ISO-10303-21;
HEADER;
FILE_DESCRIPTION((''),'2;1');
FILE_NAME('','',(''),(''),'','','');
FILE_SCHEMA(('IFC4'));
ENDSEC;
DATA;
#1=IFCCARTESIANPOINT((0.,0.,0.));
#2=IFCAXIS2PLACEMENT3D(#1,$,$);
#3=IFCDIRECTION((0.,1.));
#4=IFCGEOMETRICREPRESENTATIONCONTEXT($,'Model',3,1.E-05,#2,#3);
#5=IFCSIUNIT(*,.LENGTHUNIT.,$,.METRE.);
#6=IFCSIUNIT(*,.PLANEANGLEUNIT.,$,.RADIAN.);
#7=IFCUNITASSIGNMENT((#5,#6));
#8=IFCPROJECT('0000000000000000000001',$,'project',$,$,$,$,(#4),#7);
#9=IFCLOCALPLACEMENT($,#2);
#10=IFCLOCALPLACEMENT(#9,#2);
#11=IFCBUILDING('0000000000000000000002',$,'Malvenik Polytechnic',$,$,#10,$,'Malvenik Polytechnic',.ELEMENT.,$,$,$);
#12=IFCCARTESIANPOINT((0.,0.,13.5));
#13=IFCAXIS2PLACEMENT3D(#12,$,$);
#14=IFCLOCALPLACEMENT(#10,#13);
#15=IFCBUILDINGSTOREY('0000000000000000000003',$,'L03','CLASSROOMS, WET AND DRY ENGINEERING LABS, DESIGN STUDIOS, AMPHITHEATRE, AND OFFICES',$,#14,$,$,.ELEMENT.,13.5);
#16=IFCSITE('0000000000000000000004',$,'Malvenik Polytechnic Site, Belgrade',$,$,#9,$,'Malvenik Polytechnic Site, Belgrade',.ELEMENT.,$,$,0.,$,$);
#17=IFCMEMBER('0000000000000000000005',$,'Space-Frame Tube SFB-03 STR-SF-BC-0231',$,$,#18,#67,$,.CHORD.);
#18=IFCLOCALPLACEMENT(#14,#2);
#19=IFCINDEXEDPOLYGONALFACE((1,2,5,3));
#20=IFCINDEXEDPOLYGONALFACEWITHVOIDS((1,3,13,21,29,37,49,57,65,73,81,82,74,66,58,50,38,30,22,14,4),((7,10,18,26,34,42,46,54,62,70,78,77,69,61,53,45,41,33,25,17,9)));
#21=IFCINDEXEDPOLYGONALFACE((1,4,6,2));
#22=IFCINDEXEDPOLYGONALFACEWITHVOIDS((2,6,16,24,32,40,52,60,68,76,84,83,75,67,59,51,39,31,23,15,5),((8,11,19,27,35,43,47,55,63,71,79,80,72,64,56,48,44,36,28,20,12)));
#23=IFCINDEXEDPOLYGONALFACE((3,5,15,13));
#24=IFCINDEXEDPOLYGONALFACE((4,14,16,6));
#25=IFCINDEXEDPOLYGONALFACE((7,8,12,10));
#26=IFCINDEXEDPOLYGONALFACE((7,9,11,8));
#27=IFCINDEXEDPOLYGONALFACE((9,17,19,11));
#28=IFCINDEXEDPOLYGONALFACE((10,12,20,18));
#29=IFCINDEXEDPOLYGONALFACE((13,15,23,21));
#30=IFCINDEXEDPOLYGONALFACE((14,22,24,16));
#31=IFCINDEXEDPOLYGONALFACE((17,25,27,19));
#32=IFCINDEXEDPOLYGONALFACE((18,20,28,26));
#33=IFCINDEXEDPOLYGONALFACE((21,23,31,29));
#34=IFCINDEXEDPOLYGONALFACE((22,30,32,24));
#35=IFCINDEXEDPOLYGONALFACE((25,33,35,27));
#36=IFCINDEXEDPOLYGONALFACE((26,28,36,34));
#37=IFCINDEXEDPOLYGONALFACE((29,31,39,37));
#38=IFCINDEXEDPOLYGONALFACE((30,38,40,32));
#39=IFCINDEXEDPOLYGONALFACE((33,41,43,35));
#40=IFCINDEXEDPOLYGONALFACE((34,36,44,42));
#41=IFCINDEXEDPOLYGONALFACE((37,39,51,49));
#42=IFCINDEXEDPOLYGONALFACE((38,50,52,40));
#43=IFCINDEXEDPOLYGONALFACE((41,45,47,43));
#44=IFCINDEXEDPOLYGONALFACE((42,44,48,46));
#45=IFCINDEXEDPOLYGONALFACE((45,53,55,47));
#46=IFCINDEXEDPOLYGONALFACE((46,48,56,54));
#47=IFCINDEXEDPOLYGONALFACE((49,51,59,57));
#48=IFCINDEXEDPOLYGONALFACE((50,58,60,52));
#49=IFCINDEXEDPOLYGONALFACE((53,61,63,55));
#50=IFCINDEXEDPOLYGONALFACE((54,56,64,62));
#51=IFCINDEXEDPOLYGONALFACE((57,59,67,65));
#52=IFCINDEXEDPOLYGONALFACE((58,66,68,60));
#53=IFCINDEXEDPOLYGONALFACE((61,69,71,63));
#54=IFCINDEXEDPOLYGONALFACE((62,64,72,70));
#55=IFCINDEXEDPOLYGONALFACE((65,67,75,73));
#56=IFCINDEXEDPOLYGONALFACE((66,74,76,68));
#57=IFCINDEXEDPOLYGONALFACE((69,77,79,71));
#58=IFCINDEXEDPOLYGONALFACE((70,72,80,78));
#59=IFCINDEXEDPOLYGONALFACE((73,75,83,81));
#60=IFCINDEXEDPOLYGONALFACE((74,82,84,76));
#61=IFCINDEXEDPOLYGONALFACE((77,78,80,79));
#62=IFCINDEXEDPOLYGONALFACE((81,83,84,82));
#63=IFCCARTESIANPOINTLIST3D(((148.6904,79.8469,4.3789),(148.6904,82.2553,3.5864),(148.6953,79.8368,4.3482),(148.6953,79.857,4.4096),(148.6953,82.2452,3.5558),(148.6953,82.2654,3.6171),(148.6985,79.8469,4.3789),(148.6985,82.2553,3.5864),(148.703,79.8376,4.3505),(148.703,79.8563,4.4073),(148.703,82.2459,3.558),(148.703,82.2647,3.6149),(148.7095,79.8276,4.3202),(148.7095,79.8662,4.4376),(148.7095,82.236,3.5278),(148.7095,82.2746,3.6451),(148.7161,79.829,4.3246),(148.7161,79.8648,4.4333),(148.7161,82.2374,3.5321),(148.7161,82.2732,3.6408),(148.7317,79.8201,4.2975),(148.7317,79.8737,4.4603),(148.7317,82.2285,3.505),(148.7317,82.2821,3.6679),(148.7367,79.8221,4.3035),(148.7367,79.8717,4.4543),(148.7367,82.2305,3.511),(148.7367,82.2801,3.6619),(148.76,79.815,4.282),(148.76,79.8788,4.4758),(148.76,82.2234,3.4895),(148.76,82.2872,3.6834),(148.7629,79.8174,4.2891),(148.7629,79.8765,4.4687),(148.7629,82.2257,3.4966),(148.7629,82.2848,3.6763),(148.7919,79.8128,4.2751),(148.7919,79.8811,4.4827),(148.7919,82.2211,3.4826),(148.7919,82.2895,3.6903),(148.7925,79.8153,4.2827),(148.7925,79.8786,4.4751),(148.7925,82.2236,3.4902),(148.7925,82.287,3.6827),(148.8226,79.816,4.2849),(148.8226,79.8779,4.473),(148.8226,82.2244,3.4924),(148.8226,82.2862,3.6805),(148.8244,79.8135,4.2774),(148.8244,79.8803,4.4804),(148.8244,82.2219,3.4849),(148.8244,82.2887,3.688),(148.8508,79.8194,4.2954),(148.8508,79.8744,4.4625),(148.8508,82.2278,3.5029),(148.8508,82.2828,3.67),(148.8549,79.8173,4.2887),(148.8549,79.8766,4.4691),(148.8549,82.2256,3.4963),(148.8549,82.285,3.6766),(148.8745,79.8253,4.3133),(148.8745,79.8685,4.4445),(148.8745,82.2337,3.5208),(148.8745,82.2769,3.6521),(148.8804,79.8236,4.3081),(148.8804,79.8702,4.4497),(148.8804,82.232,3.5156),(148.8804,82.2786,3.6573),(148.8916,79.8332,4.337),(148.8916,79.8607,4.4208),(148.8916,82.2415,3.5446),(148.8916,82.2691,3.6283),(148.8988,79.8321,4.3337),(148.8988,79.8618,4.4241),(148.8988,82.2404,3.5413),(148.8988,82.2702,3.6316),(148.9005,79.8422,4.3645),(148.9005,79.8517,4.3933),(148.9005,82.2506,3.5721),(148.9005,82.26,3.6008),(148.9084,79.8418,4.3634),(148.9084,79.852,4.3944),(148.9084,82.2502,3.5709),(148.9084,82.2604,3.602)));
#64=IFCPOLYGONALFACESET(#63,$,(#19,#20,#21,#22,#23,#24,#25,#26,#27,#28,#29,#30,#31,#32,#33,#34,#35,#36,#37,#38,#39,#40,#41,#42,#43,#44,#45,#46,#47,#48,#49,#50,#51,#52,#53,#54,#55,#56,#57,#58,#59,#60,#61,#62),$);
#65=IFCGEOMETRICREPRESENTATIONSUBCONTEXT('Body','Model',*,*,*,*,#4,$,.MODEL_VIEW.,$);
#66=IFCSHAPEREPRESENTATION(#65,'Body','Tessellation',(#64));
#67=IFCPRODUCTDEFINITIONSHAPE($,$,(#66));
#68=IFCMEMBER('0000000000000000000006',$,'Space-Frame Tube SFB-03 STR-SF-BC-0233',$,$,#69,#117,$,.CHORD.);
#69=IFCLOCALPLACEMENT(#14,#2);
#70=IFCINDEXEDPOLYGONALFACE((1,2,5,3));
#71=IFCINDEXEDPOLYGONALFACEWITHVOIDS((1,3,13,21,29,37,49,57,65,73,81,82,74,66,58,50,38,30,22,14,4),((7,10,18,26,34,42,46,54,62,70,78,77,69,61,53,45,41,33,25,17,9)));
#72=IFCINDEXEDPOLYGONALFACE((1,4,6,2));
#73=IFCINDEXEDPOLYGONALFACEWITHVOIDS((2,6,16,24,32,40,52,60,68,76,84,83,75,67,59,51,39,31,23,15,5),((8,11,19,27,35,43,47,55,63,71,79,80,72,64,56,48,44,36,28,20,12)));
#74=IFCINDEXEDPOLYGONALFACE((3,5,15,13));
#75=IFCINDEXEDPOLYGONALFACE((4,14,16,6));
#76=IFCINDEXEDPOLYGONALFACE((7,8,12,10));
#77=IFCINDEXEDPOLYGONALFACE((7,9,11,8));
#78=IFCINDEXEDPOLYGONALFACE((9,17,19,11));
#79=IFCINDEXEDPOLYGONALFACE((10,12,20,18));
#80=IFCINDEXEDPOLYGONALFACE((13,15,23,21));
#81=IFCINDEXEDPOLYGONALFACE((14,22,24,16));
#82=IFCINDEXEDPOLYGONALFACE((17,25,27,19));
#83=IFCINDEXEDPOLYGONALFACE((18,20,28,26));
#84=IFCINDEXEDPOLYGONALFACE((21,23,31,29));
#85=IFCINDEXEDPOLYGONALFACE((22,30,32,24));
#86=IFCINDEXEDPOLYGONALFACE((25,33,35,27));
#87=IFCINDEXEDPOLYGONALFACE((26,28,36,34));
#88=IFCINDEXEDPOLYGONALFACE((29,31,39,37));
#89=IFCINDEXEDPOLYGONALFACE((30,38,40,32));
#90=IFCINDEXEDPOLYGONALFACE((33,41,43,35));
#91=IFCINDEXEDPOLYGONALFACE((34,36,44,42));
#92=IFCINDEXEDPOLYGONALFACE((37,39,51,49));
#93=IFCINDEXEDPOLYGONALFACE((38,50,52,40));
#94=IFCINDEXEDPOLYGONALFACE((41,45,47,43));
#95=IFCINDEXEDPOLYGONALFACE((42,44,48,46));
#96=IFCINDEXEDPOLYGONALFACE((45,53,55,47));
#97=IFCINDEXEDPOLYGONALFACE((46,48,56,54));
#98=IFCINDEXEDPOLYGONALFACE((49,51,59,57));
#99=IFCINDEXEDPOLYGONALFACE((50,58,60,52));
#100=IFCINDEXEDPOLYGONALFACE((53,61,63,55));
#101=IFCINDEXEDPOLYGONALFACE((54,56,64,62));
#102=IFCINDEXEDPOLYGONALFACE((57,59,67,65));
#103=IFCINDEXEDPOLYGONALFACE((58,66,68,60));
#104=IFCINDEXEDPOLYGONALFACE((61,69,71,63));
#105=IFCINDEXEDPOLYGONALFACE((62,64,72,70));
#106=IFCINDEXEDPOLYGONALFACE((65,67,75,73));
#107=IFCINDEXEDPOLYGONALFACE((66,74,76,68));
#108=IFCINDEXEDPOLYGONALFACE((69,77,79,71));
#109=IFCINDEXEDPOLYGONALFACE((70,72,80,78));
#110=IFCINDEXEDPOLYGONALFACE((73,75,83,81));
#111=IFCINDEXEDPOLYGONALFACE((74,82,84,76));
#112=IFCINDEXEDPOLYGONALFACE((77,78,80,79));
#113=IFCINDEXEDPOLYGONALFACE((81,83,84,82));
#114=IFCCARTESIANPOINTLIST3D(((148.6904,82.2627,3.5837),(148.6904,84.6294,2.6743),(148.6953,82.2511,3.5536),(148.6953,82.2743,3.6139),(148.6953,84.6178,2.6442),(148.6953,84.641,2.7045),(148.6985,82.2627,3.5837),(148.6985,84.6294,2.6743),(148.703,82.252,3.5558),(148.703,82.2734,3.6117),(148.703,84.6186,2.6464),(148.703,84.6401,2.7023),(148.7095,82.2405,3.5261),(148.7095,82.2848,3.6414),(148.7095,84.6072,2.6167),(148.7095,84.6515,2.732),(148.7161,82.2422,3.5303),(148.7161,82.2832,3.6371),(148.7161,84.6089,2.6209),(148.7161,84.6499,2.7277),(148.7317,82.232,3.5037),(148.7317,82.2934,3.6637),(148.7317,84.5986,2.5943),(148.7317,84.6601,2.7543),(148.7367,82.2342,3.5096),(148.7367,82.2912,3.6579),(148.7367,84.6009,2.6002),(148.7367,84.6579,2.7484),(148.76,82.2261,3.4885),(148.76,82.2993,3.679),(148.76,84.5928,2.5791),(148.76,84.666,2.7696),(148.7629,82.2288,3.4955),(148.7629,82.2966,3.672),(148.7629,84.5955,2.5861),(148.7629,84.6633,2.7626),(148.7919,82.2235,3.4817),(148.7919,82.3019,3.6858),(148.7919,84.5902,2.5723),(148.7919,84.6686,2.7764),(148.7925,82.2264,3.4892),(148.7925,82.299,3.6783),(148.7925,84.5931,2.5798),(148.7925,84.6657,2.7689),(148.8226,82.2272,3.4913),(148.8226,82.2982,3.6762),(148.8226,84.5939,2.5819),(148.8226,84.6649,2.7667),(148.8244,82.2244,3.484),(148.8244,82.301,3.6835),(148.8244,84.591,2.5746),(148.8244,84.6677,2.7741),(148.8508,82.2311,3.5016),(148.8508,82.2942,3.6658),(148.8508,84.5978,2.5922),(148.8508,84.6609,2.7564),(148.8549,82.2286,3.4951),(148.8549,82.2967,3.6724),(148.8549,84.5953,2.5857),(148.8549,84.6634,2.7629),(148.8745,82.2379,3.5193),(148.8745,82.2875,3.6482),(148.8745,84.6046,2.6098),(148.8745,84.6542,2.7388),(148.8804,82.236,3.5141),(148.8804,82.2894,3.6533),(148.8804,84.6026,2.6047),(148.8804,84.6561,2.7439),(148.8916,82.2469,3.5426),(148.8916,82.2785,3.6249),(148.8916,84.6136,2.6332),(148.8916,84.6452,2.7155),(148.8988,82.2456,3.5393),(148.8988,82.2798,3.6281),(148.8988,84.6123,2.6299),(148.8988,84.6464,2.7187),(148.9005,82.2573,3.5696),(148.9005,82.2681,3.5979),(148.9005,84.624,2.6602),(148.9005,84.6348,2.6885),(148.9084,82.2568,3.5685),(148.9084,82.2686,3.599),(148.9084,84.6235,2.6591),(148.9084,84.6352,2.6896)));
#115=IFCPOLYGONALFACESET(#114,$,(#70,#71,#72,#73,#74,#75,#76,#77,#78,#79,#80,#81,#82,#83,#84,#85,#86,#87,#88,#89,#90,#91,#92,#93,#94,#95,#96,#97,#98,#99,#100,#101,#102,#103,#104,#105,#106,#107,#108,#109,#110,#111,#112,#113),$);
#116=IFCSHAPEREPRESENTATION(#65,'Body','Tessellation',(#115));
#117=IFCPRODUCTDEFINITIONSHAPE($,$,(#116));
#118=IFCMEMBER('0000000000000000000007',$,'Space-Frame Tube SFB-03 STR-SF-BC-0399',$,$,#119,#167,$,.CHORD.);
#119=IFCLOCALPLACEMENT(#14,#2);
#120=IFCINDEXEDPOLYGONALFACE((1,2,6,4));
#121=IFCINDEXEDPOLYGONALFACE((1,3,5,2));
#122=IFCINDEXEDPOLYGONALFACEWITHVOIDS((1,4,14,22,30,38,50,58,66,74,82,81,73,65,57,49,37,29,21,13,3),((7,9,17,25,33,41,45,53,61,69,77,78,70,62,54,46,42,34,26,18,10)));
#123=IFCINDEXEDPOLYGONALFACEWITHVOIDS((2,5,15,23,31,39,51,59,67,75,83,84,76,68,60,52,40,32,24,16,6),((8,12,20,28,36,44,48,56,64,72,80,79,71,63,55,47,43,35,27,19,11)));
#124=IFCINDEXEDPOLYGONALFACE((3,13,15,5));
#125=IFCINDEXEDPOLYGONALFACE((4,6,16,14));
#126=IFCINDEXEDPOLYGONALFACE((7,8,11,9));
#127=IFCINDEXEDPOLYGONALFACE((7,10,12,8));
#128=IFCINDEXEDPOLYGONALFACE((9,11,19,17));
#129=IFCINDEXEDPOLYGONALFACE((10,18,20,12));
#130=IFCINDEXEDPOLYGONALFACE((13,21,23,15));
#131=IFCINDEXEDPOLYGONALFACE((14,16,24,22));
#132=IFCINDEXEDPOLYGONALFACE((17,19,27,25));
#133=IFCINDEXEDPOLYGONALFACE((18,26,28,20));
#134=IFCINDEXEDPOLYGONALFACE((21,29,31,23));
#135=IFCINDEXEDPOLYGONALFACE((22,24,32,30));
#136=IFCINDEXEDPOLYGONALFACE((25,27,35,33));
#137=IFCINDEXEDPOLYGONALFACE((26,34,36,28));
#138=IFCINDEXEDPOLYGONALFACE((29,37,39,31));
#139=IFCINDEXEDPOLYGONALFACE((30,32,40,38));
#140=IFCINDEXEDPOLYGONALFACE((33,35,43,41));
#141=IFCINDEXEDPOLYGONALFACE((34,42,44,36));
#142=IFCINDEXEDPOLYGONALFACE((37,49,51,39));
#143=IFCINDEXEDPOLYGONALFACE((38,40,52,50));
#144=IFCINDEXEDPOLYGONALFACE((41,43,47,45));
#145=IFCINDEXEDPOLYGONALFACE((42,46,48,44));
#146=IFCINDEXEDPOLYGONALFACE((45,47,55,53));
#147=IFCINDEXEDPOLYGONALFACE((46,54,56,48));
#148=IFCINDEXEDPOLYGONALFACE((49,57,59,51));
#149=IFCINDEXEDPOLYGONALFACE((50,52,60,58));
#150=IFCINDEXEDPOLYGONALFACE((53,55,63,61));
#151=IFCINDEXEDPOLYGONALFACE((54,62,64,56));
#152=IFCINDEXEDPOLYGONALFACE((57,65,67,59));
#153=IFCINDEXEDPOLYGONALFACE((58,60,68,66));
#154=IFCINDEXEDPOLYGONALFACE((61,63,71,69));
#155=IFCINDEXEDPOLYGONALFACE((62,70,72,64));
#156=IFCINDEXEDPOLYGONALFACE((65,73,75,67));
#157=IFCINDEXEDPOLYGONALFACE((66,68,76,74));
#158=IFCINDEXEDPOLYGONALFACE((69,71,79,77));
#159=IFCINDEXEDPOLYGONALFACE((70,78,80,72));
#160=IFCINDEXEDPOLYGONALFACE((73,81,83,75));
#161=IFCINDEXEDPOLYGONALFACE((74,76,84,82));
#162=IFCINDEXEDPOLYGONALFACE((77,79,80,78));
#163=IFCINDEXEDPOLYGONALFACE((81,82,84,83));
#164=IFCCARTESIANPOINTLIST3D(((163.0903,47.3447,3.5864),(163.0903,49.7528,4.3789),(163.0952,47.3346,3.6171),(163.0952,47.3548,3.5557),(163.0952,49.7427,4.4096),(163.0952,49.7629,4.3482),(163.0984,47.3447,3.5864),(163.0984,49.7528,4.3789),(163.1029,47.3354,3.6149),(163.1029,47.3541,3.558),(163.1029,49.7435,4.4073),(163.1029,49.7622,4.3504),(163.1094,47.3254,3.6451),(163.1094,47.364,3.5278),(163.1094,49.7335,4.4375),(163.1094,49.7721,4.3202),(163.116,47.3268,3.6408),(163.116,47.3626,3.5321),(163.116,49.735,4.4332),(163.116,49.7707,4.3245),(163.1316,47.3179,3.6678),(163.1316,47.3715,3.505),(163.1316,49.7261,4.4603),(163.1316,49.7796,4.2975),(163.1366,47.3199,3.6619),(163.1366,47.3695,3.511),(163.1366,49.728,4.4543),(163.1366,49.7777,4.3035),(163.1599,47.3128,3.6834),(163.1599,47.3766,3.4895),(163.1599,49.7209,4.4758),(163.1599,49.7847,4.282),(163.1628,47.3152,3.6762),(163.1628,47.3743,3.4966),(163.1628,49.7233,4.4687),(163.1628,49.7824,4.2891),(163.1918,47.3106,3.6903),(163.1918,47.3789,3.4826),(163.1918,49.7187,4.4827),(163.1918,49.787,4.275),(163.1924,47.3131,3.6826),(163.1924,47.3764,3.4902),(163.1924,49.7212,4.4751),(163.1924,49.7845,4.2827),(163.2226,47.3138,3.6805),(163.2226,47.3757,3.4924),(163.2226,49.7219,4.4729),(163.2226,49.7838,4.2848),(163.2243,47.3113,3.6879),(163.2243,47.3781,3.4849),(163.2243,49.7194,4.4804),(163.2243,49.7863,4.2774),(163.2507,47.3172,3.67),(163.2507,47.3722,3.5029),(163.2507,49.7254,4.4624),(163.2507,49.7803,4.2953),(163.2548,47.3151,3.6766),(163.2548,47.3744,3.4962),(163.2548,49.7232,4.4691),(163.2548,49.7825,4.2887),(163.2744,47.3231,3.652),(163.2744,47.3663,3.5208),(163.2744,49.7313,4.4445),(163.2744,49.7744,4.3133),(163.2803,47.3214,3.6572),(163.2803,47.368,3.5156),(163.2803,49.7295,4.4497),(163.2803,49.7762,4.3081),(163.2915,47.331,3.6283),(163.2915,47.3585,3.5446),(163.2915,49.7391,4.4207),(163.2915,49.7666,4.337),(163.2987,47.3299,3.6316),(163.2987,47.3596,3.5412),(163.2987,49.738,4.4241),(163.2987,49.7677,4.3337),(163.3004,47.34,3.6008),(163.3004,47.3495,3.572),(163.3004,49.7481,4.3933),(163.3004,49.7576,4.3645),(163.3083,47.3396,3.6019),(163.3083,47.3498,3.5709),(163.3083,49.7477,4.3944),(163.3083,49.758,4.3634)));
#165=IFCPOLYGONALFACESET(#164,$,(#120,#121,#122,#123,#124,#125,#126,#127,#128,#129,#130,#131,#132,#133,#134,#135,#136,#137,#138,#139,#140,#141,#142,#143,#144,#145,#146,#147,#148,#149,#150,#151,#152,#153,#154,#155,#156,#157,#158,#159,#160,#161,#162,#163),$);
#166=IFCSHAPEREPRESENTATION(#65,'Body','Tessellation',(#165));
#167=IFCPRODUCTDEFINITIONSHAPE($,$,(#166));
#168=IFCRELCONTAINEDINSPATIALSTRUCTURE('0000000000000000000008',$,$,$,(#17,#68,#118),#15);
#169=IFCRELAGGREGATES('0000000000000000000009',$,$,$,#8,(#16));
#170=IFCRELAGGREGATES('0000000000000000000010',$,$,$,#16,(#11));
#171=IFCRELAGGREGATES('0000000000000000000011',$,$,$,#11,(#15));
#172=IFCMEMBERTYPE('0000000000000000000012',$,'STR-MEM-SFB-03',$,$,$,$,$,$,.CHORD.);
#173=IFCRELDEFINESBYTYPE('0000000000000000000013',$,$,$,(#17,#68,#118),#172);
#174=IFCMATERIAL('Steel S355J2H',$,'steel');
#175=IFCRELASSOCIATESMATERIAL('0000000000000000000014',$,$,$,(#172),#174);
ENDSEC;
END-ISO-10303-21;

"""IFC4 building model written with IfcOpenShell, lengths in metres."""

from ifc_helpers import new_model, si_unit, direction, frame, origin, origin_2d, place, context, subcontext, project, spatial, hollow_circle, extrude, material, material_profile, profile_set, type_object, element, save


model = new_model("IFC4")

# Units and contexts
model_context = context("Model", 3, precision=1e-05, world=origin(), true_north=direction((0.0, 1.0)))
body_context = subcontext(model_context, "Body", "Model", "MODEL_VIEW")
ifc_project = project(units=[si_unit("LENGTHUNIT", "METRE"), si_unit("PLANEANGLEUNIT", "RADIAN")], contexts=[model_context])

# Site, building, storey
site_placement = place(None, origin())
site = spatial("IfcSite", under=ifc_project, at=site_placement, Name="Malvenik Polytechnic Site, Belgrade", LongName="Malvenik Polytechnic Site, Belgrade", CompositionType="ELEMENT", RefElevation=0.0)
building_placement = place(site_placement, origin())
building = spatial("IfcBuilding", under=site, at=building_placement, Name="Malvenik Polytechnic", LongName="Malvenik Polytechnic", CompositionType="ELEMENT")
storey_placement = place(building_placement, frame((0.0, 0.0, 13.5)))
storey = spatial("IfcBuildingStorey", under=building, at=storey_placement, Name="L03", Description="CLASSROOMS, WET AND DRY ENGINEERING LABS, DESIGN STUDIOS, AMPHITHEATRE, AND OFFICES", CompositionType="ELEMENT", Elevation=13.5)

# Members
ifc_material = material(Name="Steel S355J2H", Category="steel")
ifc_material_profile_1 = material_profile(ifc_material, hollow_circle(Radius=0.1096, WallThickness=0.0081, at=origin_2d()), Name="CHS 219.1x8.0")
ifc_profile_set_1 = profile_set([ifc_material_profile_1], Name="Steel S355J2H")
member_type_1 = type_object("IfcMemberType", Name="STR-MEM-SFB-03", PredefinedType="CHORD", material=ifc_profile_set_1)
for number, where, z_axis, x_axis, name in (
    (1, (148.8, 79.8469, 4.3789), (0.0, 0.949899, -0.312557), (-1.0, 0.0, 0.0), "Space-Frame Tube SFB-03 STR-SF-BC-0231"),
    (2, (148.8, 82.2627, 3.5837), (0.0, 0.933457, -0.358689), (-1.0, 0.0, 0.0), "Space-Frame Tube SFB-03 STR-SF-BC-0233"),
):
    element("IfcMember", number, at=place(storey_placement, frame(where, z_axis=z_axis, x_axis=x_axis)), inside=storey, type_object=member_type_1, Name=name, PredefinedType="CHORD", context=body_context, shape_type="SweptSolid", body=[
        extrude(hollow_circle(Radius=0.1096, WallThickness=0.0081, at=origin_2d()), origin(), (0.0, 0.0, 1.0), 2.5354),
    ])
member_1_placement = place(storey_placement, frame((163.2, 47.3447, 3.5864), z_axis=(0.0, 0.94989, 0.312585), x_axis=(-1.0, 0.0, 0.0)))
element("IfcMember", 3, at=member_1_placement, inside=storey, type_object=member_type_1, Name="Space-Frame Tube SFB-03 STR-SF-BC-0399", PredefinedType="CHORD", context=body_context, shape_type="SweptSolid", body=[
    extrude(hollow_circle(Radius=0.1096, WallThickness=0.0081, at=origin_2d()), origin(), (0.0, 0.0, 1.0), 2.5352),
])

save(model, "model.ifc")
